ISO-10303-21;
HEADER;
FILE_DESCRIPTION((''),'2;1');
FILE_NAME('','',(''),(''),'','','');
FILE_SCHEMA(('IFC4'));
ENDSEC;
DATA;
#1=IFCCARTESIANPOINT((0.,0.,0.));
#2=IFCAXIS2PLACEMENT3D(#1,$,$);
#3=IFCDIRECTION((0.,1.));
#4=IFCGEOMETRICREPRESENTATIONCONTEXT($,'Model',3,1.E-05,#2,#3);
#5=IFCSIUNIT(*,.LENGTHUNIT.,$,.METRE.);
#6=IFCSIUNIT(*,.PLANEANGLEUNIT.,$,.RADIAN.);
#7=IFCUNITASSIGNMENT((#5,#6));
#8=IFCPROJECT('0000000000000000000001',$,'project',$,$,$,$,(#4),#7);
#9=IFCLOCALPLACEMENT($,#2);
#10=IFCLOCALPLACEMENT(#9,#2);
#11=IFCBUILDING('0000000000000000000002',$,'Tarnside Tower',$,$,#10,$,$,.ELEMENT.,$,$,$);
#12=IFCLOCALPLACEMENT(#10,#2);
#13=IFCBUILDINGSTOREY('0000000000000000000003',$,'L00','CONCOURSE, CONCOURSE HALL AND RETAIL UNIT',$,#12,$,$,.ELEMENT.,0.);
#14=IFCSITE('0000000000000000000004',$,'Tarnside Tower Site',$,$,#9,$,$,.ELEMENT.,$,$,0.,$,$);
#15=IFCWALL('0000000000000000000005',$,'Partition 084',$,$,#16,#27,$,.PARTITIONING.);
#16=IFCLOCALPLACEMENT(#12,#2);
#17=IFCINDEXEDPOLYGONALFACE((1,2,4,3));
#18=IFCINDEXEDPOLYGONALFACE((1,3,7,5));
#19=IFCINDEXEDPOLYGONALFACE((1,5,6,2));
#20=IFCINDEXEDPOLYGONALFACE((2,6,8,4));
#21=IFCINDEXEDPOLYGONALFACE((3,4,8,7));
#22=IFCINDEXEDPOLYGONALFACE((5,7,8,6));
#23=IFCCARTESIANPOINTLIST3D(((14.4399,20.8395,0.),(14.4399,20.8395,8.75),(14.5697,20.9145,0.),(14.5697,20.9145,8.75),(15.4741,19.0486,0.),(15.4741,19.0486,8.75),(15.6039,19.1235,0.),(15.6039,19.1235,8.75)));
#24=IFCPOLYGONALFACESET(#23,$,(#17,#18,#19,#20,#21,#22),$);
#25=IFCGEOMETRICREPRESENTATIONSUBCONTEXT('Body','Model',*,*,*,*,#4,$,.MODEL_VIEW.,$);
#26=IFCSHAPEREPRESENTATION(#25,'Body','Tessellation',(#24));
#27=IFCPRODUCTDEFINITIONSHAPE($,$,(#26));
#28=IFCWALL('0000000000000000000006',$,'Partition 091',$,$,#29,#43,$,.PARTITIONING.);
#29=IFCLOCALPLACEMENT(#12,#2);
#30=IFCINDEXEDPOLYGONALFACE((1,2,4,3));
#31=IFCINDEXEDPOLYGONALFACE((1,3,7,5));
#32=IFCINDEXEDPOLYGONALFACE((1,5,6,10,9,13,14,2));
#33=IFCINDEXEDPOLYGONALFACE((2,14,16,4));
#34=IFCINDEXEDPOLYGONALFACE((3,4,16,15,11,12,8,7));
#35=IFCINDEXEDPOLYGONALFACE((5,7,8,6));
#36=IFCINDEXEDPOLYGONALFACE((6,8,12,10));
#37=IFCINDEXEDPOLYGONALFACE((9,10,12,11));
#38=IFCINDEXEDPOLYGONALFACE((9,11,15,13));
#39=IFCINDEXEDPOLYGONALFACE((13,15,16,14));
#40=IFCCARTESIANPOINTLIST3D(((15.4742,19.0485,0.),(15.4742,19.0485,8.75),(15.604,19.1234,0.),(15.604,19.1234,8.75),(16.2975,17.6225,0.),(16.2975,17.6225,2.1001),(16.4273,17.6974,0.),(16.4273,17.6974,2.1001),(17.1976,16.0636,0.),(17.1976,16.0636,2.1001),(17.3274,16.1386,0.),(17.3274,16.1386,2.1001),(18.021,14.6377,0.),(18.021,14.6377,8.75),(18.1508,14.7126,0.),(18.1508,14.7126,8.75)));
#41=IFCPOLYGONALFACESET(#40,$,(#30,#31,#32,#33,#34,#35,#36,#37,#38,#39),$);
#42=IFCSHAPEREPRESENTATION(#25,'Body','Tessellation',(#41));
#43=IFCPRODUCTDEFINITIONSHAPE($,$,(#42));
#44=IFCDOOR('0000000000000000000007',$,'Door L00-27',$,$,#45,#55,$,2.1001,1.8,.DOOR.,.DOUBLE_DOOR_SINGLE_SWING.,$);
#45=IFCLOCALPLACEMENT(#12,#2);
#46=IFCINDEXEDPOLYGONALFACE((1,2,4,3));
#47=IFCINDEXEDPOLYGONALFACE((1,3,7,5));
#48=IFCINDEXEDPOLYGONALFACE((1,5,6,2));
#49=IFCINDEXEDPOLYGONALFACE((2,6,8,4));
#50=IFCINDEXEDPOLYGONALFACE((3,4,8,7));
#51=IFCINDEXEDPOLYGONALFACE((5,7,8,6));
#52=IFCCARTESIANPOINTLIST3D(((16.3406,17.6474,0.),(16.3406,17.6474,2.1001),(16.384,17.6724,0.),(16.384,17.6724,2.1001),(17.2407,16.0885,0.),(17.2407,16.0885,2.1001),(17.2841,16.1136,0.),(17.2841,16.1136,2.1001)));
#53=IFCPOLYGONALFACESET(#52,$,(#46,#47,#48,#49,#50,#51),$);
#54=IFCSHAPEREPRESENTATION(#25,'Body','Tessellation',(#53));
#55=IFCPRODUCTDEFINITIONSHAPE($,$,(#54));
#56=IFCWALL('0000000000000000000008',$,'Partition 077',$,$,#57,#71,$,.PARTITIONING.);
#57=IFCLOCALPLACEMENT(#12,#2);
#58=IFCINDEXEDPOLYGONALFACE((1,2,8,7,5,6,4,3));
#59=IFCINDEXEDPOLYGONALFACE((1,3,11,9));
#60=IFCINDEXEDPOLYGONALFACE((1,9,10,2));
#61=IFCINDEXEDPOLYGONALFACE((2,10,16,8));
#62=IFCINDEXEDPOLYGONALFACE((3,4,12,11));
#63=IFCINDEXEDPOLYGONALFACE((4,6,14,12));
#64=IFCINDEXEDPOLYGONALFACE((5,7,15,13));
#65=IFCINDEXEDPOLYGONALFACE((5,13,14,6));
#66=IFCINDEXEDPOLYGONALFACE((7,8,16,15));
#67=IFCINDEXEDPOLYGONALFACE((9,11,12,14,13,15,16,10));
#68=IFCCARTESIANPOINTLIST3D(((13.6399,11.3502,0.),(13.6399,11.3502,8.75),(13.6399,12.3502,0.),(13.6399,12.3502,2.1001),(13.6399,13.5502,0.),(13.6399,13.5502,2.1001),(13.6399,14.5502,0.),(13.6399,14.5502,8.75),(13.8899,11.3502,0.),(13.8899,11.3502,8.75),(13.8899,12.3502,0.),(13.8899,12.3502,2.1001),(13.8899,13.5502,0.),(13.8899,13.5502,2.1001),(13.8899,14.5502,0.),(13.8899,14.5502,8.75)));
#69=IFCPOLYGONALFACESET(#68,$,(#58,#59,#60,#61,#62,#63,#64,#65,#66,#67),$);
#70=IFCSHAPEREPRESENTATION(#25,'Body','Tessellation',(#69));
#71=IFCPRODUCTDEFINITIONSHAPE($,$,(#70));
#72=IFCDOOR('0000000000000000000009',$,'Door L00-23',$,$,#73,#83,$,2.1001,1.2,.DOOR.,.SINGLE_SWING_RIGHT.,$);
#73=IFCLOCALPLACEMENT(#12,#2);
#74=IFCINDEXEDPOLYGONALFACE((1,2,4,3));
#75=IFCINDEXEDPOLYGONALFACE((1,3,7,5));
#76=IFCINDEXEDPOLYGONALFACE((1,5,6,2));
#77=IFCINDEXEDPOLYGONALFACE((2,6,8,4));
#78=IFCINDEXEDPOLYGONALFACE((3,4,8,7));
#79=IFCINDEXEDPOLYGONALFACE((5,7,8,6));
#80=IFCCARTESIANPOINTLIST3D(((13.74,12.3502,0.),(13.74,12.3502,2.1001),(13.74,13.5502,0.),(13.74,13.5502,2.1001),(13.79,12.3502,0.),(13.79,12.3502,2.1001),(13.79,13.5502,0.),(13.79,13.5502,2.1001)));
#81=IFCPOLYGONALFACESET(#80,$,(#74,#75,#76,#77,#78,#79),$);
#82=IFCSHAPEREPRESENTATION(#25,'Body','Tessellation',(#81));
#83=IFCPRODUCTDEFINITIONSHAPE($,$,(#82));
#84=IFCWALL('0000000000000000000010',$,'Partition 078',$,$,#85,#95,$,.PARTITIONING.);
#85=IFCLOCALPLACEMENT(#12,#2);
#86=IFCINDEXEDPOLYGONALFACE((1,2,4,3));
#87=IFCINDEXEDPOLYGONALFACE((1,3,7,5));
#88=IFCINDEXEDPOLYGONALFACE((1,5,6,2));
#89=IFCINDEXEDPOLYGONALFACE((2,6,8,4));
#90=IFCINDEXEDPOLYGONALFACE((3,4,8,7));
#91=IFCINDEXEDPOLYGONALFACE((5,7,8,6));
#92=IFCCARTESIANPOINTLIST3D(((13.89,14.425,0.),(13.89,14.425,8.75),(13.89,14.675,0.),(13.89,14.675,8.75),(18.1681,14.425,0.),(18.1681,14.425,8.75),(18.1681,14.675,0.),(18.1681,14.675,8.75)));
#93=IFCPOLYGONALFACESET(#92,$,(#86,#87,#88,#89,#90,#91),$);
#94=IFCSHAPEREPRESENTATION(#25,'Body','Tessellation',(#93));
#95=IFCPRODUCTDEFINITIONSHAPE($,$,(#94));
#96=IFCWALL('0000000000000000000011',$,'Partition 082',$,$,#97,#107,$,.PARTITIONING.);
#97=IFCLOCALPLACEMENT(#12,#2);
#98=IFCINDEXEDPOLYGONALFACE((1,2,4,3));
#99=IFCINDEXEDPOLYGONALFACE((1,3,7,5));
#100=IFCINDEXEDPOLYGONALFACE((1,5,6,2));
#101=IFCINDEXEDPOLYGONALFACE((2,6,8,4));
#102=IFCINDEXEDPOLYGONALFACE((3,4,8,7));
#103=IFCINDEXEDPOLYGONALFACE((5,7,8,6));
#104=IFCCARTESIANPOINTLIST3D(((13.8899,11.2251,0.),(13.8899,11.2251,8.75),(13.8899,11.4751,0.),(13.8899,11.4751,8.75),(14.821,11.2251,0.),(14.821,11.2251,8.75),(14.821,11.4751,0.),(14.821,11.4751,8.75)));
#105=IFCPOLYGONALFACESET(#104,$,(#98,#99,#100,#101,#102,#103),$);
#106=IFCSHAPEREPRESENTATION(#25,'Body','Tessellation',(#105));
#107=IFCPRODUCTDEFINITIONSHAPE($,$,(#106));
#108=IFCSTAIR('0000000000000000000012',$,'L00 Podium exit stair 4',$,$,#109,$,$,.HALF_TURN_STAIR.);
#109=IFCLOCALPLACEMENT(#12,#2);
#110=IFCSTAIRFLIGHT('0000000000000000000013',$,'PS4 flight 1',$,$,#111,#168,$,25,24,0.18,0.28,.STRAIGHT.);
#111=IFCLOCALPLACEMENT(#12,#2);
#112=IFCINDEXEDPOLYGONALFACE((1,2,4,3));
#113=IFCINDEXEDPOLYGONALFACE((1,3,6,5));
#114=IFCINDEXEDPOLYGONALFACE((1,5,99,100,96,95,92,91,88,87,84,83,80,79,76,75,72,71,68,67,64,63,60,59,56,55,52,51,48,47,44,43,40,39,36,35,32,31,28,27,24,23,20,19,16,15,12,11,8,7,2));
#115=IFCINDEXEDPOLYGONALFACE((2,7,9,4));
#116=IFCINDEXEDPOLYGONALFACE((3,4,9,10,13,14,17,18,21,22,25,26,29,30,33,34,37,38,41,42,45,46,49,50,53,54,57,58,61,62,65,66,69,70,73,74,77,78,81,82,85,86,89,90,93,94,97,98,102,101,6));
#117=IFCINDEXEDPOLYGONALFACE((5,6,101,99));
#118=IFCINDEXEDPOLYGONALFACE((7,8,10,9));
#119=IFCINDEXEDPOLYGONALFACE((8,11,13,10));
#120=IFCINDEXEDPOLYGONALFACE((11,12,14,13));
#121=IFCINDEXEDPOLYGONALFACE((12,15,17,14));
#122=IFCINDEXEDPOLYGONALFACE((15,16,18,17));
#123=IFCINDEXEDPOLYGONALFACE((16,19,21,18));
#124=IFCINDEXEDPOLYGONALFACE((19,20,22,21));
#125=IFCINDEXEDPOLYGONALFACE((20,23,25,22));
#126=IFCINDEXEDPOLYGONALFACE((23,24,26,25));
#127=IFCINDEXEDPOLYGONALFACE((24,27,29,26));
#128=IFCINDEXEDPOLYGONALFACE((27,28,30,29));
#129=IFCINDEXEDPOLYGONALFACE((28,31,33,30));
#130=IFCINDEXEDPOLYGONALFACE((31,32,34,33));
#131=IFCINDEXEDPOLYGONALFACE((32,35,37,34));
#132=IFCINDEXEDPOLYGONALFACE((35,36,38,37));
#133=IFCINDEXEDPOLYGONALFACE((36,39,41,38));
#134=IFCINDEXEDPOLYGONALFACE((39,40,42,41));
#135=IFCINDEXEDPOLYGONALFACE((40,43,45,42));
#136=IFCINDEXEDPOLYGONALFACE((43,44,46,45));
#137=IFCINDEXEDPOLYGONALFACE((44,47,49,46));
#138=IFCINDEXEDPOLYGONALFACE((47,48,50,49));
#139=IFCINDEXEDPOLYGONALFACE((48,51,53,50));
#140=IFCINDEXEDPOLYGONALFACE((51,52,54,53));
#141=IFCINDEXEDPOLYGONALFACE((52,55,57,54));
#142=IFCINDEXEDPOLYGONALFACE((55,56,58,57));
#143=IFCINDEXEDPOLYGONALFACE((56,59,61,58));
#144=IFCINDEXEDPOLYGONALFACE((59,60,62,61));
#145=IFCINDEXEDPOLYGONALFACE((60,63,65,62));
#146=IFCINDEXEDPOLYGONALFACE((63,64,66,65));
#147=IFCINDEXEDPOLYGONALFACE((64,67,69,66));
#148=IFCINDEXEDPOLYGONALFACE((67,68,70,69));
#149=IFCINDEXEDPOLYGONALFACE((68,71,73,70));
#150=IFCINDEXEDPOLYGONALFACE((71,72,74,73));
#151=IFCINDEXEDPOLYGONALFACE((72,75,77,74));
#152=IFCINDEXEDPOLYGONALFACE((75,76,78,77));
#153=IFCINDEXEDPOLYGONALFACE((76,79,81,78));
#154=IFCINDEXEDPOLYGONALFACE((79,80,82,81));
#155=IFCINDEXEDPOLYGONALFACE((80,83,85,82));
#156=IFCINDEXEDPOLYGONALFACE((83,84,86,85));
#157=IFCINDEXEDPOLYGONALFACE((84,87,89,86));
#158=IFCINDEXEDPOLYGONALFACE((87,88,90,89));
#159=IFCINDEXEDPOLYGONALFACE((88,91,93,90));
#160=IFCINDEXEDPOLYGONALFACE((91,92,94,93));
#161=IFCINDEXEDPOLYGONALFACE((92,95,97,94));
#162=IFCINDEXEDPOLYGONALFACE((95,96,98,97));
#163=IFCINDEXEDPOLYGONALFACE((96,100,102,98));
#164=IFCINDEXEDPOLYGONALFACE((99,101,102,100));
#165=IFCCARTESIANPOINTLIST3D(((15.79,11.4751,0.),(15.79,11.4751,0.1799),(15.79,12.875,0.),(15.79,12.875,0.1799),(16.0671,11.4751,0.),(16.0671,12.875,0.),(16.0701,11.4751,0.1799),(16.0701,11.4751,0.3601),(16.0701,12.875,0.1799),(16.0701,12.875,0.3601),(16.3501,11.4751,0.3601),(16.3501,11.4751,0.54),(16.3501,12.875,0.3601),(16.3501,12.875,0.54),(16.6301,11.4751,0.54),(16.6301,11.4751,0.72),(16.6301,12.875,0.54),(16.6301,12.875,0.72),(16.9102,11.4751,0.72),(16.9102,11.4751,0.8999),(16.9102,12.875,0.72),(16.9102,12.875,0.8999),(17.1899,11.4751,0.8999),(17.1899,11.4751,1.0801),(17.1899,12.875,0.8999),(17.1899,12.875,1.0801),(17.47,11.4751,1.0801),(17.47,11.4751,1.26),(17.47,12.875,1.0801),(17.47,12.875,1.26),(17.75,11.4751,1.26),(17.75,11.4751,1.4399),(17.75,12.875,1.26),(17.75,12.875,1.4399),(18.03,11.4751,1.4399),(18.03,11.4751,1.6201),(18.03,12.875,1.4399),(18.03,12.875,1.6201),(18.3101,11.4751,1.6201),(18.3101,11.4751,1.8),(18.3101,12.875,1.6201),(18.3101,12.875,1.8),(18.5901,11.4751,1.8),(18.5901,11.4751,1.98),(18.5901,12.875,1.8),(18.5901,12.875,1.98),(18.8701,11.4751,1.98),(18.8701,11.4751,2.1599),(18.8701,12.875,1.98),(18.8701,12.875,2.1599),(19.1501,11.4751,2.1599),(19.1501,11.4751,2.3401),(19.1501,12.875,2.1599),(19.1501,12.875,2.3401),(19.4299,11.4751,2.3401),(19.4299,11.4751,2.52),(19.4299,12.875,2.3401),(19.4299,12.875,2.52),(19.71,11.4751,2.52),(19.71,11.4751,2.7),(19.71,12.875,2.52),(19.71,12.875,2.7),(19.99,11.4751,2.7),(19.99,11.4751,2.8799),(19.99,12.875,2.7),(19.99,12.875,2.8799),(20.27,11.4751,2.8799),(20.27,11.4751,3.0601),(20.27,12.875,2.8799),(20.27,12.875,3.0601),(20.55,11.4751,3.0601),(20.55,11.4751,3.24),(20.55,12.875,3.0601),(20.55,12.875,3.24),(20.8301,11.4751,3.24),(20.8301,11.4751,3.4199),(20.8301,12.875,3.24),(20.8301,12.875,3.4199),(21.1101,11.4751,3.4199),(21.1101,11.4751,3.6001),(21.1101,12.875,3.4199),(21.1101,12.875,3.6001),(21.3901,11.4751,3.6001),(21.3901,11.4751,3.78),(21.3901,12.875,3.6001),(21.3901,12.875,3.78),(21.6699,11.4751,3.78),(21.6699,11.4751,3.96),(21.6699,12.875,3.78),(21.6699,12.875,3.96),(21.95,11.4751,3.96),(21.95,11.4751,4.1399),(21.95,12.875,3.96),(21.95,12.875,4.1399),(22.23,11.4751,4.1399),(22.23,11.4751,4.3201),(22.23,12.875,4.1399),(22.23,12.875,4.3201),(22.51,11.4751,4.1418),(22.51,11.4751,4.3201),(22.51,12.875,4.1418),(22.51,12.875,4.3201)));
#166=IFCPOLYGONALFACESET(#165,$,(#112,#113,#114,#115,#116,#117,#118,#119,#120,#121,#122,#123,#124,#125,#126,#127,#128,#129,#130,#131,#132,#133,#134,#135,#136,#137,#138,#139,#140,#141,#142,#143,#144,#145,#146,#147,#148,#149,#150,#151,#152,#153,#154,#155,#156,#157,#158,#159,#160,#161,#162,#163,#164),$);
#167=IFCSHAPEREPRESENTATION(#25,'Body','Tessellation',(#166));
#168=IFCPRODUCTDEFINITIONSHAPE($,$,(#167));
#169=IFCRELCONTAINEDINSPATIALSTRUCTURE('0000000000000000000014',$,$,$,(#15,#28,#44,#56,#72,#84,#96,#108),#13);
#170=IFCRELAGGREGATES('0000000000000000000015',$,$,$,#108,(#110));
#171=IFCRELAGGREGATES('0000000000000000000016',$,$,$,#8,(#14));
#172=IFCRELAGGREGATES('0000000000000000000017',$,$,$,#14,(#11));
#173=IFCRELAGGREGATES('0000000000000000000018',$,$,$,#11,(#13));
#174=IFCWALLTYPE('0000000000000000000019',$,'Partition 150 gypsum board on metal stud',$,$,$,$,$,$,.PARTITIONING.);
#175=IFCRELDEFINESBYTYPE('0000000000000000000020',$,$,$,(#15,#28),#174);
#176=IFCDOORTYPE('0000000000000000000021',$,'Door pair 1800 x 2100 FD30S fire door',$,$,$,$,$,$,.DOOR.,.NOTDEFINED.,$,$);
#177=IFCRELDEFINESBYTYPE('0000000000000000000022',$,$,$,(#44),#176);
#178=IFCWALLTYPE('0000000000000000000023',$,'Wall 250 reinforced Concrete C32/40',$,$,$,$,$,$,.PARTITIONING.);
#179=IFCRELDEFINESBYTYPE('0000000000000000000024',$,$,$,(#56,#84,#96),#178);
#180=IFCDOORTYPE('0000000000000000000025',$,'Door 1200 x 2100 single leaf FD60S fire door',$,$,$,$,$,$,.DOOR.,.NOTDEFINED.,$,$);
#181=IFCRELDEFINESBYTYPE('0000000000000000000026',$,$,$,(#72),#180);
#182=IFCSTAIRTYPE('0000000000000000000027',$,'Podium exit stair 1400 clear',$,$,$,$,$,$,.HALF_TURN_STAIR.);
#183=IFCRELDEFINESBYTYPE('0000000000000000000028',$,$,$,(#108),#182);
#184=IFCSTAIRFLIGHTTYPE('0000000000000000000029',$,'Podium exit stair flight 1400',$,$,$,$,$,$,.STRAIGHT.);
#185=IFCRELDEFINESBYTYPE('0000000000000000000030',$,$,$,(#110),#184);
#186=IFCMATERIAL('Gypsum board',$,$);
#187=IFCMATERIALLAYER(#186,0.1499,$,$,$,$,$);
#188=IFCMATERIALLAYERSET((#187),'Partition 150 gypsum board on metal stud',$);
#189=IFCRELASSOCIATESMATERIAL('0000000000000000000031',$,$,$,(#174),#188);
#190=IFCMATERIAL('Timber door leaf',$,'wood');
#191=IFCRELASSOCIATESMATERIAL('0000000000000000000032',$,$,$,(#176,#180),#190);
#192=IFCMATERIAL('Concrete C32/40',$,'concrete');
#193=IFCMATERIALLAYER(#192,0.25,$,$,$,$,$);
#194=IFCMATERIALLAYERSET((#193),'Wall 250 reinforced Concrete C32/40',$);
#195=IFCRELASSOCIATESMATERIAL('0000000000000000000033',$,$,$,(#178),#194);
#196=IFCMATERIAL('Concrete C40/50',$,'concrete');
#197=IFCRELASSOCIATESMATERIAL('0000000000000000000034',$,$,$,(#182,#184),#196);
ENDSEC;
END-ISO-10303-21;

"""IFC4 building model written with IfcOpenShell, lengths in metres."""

from ifc_helpers import new_model, si_unit, direction, frame, frame_2d, origin, place, context, subcontext, project, spatial, polyline, rectangle, outline, extrude, material, layer, layer_set, type_object, element, fill, aggregate, save


model = new_model("IFC4")

# Units and contexts
model_context = context("Model", 3, precision=1e-05, world=origin(), true_north=direction((0.0, 1.0)))
body_context = subcontext(model_context, "Body", "Model", "MODEL_VIEW")
ifc_project = project(units=[si_unit("LENGTHUNIT", "METRE"), si_unit("PLANEANGLEUNIT", "RADIAN")], contexts=[model_context])

# Site, building, storey
site_placement = place(None, origin())
site = spatial("IfcSite", under=ifc_project, at=site_placement, Name="Tarnside Tower Site", CompositionType="ELEMENT", RefElevation=0.0)
building_placement = place(site_placement, origin())
building = spatial("IfcBuilding", under=site, at=building_placement, Name="Tarnside Tower", CompositionType="ELEMENT")
storey_placement = place(building_placement, origin())
storey = spatial("IfcBuildingStorey", under=building, at=storey_placement, Name="L00", Description="CONCOURSE, CONCOURSE HALL AND RETAIL UNIT", CompositionType="ELEMENT", Elevation=0.0)

# Wall
ifc_material_1 = material(Name="Gypsum board")
ifc_layer_1 = layer(ifc_material_1, 0.1499)
ifc_layer_set_1 = layer_set([ifc_layer_1], Name="Partition 150 gypsum board on metal stud")
wall_type_1 = type_object("IfcWallType", Name="Partition 150 gypsum board on metal stud", PredefinedType="PARTITIONING", material=ifc_layer_set_1)
wall_1_placement = place(storey_placement, frame((15.5391, 19.0859, 0.0), z_axis=(0.0, 0.0, 1.0), x_axis=(-0.500049, 0.865997, 0.0)))
element("IfcWall", 1, at=wall_1_placement, inside=storey, type_object=wall_type_1, Name="Partition 084", PredefinedType="PARTITIONING", context=body_context, shape_type="SweptSolid", body=[
    extrude(rectangle(XDim=2.0681, YDim=0.1499, at=frame_2d((1.0342, 0.0))), origin(), (0.0, 0.0, 1.0), 8.75),
])

# Walls, openings, doors
wall_2_placement = place(storey_placement, frame((15.5391, 19.0859, 0.0), z_axis=(0.0, 0.0, 1.0), x_axis=(0.500036, -0.866004, 0.0)))
wall_2 = element("IfcWall", 2, at=wall_2_placement, inside=storey, type_object=wall_type_1, Name="Partition 091", PredefinedType="PARTITIONING", context=body_context, shape_type="SweptSolid", body=[
    extrude(rectangle(XDim=5.0933, YDim=0.1499, at=frame_2d((2.5466, 0.0))), origin(), (0.0, 0.0, 1.0), 8.75),
])
opening_1_placement = place(wall_2_placement, frame((1.6467, 0.0, 0.0)))
opening_1 = element("IfcOpeningElement", 3, at=opening_1_placement, cuts=wall_2, PredefinedType="OPENING", context=body_context, shape_type="SweptSolid", body=[
    extrude(rectangle(XDim=1.8, YDim=2.1001, at=frame_2d((0.8999, 1.05))), frame((0.0, 0.085, 0.0), z_axis=(0.0, -1.0, 0.0), x_axis=(1.0, 0.0, 0.0)), (0.0, 0.0, 1.0), 0.1699),
])
ifc_material_2 = material(Name="Timber door leaf", Category="wood")
door_type_1 = type_object("IfcDoorType", Name="Door pair 1800 x 2100 FD30S fire door", OperationType="NOTDEFINED", PredefinedType="DOOR", material=ifc_material_2)
door_1_placement = place(opening_1_placement, origin())
door_1 = element("IfcDoor", 4, at=door_1_placement, inside=storey, type_object=door_type_1, Name="Door L00-27", OperationType="DOUBLE_DOOR_SINGLE_SWING", OverallHeight=2.1001, OverallWidth=1.8, PredefinedType="DOOR", context=body_context, shape_type="SweptSolid", body=[
    extrude(rectangle(XDim=1.8, YDim=2.1001, at=frame_2d((0.8999, 1.05))), frame((0.0, 0.0249, 0.0), z_axis=(0.0, -1.0, 0.0), x_axis=(1.0, 0.0, 0.0)), (0.0, 0.0, 1.0), 0.05),
])
fill(opening_1, door_1)
ifc_material_3 = material(Name="Concrete C32/40", Category="concrete")
ifc_layer_2 = layer(ifc_material_3, 0.25)
ifc_layer_set_2 = layer_set([ifc_layer_2], Name="Wall 250 reinforced Concrete C32/40")
wall_type_2 = type_object("IfcWallType", Name="Wall 250 reinforced Concrete C32/40", PredefinedType="PARTITIONING", material=ifc_layer_set_2)
wall_3_placement = place(storey_placement, frame((13.7649, 11.3501, 0.0), z_axis=(0.0, 0.0, 1.0), x_axis=(0.0, 1.0, 0.0)))
wall_3 = element("IfcWall", 5, at=wall_3_placement, inside=storey, type_object=wall_type_2, Name="Partition 077", PredefinedType="PARTITIONING", context=body_context, shape_type="SweptSolid", body=[
    extrude(rectangle(XDim=3.2, YDim=0.25, at=frame_2d((1.6001, 0.0))), origin(), (0.0, 0.0, 1.0), 8.75),
])
opening_2_placement = place(wall_3_placement, frame((1.0, 0.0, 0.0)))
opening_2 = element("IfcOpeningElement", 6, at=opening_2_placement, cuts=wall_3, PredefinedType="OPENING", context=body_context, shape_type="SweptSolid", body=[
    extrude(rectangle(XDim=1.2, YDim=2.1001, at=frame_2d((0.6001, 1.05))), frame((0.0, 0.135, 0.0), z_axis=(0.0, -1.0, 0.0), x_axis=(1.0, 0.0, 0.0)), (0.0, 0.0, 1.0), 0.27),
])
door_type_2 = type_object("IfcDoorType", Name="Door 1200 x 2100 single leaf FD60S fire door", OperationType="NOTDEFINED", PredefinedType="DOOR", material=ifc_material_2)
door_2_placement = place(opening_2_placement, origin())
door_2 = element("IfcDoor", 7, at=door_2_placement, inside=storey, type_object=door_type_2, Name="Door L00-23", OperationType="SINGLE_SWING_RIGHT", OverallHeight=2.1001, OverallWidth=1.2, PredefinedType="DOOR", context=body_context, shape_type="SweptSolid", body=[
    extrude(rectangle(XDim=1.2, YDim=2.1001, at=frame_2d((0.6001, 1.05))), frame((0.0, 0.0249, 0.0), z_axis=(0.0, -1.0, 0.0), x_axis=(1.0, 0.0, 0.0)), (0.0, 0.0, 1.0), 0.05),
])
fill(opening_2, door_2)

# Walls
wall_4_placement = place(storey_placement, frame((13.8899, 14.55, 0.0), z_axis=(0.0, 0.0, 1.0), x_axis=(1.0, 0.0, 0.0)))
element("IfcWall", 8, at=wall_4_placement, inside=storey, type_object=wall_type_2, Name="Partition 078", PredefinedType="PARTITIONING", context=body_context, shape_type="SweptSolid", body=[
    extrude(rectangle(XDim=4.2781, YDim=0.25, at=frame_2d((2.1392, 0.0))), origin(), (0.0, 0.0, 1.0), 8.75),
])
wall_5_placement = place(storey_placement, frame((14.821, 11.3501, 0.0), z_axis=(0.0, 0.0, 1.0), x_axis=(-1.0, 0.0, 0.0)))
element("IfcWall", 9, at=wall_5_placement, inside=storey, type_object=wall_type_2, Name="Partition 082", PredefinedType="PARTITIONING", context=body_context, shape_type="SweptSolid", body=[
    extrude(rectangle(XDim=0.9312, YDim=0.25, at=frame_2d((0.4656, 0.0))), origin(), (0.0, 0.0, 1.0), 8.75),
])

# Stair, stair flight
ifc_material_4 = material(Name="Concrete C40/50", Category="concrete")
stair_type = type_object("IfcStairType", Name="Podium exit stair 1400 clear", PredefinedType="HALF_TURN_STAIR", material=ifc_material_4)
stair_placement = place(storey_placement, origin())
stair = element("IfcStair", 10, at=stair_placement, inside=storey, type_object=stair_type, Name="L00 Podium exit stair 4", PredefinedType="HALF_TURN_STAIR")
stair_flight_type = type_object("IfcStairFlightType", Name="Podium exit stair flight 1400", PredefinedType="STRAIGHT", material=ifc_material_4)
stair_flight_placement = place(storey_placement, frame((15.79, 12.175, 0.0), z_axis=(0.0, 0.0, 1.0), x_axis=(1.0, 0.0, 0.0)))
stair_flight = element("IfcStairFlight", 11, at=stair_flight_placement, type_object=stair_flight_type, Name="PS4 flight 1", NumberOfRisers=25, NumberOfTreads=24, PredefinedType="STRAIGHT", RiserHeight=0.18, TreadLength=0.28, context=body_context, shape_type="SweptSolid", body=[
    extrude(outline(polyline([(0.0, 0.0), (0.0, 0.1799), (0.28, 0.1799), (0.28, 0.3601), (0.5601, 0.3601), (0.5601, 0.54), (0.8401, 0.54), (0.8401, 0.72), (1.1201, 0.72), (1.1201, 0.8999), (1.3999, 0.8999), (1.3999, 1.0801), (1.6799, 1.0801), (1.6799, 1.26), (1.96, 1.26), (1.96, 1.4399), (2.24, 1.4399), (2.24, 1.6201), (2.52, 1.6201), (2.52, 1.8), (2.8, 1.8), (2.8, 1.98), (3.0801, 1.98), (3.0801, 2.1599), (3.3601, 2.1599), (3.3601, 2.3401), (3.6399, 2.3401), (3.6399, 2.52), (3.9199, 2.52), (3.9199, 2.7), (4.2, 2.7), (4.2, 2.8799), (4.48, 2.8799), (4.48, 3.0601), (4.76, 3.0601), (4.76, 3.24), (5.04, 3.24), (5.04, 3.4199), (5.3201, 3.4199), (5.3201, 3.6001), (5.6001, 3.6001), (5.6001, 3.78), (5.8799, 3.78), (5.8799, 3.96), (6.1599, 3.96), (6.1599, 4.1399), (6.4399, 4.1399), (6.4399, 4.3201), (6.72, 4.3201), (6.72, 4.5), (6.72, 4.1418), (0.2771, 0.0), (0.0, 0.0)])), frame((0.0, 0.7, 0.0), z_axis=(0.0, -1.0, 0.0), x_axis=(1.0, 0.0, 0.0)), (0.0, 0.0, 1.0), 1.3999),
])
aggregate(stair, [stair_flight])

save(model, "model.ifc")
